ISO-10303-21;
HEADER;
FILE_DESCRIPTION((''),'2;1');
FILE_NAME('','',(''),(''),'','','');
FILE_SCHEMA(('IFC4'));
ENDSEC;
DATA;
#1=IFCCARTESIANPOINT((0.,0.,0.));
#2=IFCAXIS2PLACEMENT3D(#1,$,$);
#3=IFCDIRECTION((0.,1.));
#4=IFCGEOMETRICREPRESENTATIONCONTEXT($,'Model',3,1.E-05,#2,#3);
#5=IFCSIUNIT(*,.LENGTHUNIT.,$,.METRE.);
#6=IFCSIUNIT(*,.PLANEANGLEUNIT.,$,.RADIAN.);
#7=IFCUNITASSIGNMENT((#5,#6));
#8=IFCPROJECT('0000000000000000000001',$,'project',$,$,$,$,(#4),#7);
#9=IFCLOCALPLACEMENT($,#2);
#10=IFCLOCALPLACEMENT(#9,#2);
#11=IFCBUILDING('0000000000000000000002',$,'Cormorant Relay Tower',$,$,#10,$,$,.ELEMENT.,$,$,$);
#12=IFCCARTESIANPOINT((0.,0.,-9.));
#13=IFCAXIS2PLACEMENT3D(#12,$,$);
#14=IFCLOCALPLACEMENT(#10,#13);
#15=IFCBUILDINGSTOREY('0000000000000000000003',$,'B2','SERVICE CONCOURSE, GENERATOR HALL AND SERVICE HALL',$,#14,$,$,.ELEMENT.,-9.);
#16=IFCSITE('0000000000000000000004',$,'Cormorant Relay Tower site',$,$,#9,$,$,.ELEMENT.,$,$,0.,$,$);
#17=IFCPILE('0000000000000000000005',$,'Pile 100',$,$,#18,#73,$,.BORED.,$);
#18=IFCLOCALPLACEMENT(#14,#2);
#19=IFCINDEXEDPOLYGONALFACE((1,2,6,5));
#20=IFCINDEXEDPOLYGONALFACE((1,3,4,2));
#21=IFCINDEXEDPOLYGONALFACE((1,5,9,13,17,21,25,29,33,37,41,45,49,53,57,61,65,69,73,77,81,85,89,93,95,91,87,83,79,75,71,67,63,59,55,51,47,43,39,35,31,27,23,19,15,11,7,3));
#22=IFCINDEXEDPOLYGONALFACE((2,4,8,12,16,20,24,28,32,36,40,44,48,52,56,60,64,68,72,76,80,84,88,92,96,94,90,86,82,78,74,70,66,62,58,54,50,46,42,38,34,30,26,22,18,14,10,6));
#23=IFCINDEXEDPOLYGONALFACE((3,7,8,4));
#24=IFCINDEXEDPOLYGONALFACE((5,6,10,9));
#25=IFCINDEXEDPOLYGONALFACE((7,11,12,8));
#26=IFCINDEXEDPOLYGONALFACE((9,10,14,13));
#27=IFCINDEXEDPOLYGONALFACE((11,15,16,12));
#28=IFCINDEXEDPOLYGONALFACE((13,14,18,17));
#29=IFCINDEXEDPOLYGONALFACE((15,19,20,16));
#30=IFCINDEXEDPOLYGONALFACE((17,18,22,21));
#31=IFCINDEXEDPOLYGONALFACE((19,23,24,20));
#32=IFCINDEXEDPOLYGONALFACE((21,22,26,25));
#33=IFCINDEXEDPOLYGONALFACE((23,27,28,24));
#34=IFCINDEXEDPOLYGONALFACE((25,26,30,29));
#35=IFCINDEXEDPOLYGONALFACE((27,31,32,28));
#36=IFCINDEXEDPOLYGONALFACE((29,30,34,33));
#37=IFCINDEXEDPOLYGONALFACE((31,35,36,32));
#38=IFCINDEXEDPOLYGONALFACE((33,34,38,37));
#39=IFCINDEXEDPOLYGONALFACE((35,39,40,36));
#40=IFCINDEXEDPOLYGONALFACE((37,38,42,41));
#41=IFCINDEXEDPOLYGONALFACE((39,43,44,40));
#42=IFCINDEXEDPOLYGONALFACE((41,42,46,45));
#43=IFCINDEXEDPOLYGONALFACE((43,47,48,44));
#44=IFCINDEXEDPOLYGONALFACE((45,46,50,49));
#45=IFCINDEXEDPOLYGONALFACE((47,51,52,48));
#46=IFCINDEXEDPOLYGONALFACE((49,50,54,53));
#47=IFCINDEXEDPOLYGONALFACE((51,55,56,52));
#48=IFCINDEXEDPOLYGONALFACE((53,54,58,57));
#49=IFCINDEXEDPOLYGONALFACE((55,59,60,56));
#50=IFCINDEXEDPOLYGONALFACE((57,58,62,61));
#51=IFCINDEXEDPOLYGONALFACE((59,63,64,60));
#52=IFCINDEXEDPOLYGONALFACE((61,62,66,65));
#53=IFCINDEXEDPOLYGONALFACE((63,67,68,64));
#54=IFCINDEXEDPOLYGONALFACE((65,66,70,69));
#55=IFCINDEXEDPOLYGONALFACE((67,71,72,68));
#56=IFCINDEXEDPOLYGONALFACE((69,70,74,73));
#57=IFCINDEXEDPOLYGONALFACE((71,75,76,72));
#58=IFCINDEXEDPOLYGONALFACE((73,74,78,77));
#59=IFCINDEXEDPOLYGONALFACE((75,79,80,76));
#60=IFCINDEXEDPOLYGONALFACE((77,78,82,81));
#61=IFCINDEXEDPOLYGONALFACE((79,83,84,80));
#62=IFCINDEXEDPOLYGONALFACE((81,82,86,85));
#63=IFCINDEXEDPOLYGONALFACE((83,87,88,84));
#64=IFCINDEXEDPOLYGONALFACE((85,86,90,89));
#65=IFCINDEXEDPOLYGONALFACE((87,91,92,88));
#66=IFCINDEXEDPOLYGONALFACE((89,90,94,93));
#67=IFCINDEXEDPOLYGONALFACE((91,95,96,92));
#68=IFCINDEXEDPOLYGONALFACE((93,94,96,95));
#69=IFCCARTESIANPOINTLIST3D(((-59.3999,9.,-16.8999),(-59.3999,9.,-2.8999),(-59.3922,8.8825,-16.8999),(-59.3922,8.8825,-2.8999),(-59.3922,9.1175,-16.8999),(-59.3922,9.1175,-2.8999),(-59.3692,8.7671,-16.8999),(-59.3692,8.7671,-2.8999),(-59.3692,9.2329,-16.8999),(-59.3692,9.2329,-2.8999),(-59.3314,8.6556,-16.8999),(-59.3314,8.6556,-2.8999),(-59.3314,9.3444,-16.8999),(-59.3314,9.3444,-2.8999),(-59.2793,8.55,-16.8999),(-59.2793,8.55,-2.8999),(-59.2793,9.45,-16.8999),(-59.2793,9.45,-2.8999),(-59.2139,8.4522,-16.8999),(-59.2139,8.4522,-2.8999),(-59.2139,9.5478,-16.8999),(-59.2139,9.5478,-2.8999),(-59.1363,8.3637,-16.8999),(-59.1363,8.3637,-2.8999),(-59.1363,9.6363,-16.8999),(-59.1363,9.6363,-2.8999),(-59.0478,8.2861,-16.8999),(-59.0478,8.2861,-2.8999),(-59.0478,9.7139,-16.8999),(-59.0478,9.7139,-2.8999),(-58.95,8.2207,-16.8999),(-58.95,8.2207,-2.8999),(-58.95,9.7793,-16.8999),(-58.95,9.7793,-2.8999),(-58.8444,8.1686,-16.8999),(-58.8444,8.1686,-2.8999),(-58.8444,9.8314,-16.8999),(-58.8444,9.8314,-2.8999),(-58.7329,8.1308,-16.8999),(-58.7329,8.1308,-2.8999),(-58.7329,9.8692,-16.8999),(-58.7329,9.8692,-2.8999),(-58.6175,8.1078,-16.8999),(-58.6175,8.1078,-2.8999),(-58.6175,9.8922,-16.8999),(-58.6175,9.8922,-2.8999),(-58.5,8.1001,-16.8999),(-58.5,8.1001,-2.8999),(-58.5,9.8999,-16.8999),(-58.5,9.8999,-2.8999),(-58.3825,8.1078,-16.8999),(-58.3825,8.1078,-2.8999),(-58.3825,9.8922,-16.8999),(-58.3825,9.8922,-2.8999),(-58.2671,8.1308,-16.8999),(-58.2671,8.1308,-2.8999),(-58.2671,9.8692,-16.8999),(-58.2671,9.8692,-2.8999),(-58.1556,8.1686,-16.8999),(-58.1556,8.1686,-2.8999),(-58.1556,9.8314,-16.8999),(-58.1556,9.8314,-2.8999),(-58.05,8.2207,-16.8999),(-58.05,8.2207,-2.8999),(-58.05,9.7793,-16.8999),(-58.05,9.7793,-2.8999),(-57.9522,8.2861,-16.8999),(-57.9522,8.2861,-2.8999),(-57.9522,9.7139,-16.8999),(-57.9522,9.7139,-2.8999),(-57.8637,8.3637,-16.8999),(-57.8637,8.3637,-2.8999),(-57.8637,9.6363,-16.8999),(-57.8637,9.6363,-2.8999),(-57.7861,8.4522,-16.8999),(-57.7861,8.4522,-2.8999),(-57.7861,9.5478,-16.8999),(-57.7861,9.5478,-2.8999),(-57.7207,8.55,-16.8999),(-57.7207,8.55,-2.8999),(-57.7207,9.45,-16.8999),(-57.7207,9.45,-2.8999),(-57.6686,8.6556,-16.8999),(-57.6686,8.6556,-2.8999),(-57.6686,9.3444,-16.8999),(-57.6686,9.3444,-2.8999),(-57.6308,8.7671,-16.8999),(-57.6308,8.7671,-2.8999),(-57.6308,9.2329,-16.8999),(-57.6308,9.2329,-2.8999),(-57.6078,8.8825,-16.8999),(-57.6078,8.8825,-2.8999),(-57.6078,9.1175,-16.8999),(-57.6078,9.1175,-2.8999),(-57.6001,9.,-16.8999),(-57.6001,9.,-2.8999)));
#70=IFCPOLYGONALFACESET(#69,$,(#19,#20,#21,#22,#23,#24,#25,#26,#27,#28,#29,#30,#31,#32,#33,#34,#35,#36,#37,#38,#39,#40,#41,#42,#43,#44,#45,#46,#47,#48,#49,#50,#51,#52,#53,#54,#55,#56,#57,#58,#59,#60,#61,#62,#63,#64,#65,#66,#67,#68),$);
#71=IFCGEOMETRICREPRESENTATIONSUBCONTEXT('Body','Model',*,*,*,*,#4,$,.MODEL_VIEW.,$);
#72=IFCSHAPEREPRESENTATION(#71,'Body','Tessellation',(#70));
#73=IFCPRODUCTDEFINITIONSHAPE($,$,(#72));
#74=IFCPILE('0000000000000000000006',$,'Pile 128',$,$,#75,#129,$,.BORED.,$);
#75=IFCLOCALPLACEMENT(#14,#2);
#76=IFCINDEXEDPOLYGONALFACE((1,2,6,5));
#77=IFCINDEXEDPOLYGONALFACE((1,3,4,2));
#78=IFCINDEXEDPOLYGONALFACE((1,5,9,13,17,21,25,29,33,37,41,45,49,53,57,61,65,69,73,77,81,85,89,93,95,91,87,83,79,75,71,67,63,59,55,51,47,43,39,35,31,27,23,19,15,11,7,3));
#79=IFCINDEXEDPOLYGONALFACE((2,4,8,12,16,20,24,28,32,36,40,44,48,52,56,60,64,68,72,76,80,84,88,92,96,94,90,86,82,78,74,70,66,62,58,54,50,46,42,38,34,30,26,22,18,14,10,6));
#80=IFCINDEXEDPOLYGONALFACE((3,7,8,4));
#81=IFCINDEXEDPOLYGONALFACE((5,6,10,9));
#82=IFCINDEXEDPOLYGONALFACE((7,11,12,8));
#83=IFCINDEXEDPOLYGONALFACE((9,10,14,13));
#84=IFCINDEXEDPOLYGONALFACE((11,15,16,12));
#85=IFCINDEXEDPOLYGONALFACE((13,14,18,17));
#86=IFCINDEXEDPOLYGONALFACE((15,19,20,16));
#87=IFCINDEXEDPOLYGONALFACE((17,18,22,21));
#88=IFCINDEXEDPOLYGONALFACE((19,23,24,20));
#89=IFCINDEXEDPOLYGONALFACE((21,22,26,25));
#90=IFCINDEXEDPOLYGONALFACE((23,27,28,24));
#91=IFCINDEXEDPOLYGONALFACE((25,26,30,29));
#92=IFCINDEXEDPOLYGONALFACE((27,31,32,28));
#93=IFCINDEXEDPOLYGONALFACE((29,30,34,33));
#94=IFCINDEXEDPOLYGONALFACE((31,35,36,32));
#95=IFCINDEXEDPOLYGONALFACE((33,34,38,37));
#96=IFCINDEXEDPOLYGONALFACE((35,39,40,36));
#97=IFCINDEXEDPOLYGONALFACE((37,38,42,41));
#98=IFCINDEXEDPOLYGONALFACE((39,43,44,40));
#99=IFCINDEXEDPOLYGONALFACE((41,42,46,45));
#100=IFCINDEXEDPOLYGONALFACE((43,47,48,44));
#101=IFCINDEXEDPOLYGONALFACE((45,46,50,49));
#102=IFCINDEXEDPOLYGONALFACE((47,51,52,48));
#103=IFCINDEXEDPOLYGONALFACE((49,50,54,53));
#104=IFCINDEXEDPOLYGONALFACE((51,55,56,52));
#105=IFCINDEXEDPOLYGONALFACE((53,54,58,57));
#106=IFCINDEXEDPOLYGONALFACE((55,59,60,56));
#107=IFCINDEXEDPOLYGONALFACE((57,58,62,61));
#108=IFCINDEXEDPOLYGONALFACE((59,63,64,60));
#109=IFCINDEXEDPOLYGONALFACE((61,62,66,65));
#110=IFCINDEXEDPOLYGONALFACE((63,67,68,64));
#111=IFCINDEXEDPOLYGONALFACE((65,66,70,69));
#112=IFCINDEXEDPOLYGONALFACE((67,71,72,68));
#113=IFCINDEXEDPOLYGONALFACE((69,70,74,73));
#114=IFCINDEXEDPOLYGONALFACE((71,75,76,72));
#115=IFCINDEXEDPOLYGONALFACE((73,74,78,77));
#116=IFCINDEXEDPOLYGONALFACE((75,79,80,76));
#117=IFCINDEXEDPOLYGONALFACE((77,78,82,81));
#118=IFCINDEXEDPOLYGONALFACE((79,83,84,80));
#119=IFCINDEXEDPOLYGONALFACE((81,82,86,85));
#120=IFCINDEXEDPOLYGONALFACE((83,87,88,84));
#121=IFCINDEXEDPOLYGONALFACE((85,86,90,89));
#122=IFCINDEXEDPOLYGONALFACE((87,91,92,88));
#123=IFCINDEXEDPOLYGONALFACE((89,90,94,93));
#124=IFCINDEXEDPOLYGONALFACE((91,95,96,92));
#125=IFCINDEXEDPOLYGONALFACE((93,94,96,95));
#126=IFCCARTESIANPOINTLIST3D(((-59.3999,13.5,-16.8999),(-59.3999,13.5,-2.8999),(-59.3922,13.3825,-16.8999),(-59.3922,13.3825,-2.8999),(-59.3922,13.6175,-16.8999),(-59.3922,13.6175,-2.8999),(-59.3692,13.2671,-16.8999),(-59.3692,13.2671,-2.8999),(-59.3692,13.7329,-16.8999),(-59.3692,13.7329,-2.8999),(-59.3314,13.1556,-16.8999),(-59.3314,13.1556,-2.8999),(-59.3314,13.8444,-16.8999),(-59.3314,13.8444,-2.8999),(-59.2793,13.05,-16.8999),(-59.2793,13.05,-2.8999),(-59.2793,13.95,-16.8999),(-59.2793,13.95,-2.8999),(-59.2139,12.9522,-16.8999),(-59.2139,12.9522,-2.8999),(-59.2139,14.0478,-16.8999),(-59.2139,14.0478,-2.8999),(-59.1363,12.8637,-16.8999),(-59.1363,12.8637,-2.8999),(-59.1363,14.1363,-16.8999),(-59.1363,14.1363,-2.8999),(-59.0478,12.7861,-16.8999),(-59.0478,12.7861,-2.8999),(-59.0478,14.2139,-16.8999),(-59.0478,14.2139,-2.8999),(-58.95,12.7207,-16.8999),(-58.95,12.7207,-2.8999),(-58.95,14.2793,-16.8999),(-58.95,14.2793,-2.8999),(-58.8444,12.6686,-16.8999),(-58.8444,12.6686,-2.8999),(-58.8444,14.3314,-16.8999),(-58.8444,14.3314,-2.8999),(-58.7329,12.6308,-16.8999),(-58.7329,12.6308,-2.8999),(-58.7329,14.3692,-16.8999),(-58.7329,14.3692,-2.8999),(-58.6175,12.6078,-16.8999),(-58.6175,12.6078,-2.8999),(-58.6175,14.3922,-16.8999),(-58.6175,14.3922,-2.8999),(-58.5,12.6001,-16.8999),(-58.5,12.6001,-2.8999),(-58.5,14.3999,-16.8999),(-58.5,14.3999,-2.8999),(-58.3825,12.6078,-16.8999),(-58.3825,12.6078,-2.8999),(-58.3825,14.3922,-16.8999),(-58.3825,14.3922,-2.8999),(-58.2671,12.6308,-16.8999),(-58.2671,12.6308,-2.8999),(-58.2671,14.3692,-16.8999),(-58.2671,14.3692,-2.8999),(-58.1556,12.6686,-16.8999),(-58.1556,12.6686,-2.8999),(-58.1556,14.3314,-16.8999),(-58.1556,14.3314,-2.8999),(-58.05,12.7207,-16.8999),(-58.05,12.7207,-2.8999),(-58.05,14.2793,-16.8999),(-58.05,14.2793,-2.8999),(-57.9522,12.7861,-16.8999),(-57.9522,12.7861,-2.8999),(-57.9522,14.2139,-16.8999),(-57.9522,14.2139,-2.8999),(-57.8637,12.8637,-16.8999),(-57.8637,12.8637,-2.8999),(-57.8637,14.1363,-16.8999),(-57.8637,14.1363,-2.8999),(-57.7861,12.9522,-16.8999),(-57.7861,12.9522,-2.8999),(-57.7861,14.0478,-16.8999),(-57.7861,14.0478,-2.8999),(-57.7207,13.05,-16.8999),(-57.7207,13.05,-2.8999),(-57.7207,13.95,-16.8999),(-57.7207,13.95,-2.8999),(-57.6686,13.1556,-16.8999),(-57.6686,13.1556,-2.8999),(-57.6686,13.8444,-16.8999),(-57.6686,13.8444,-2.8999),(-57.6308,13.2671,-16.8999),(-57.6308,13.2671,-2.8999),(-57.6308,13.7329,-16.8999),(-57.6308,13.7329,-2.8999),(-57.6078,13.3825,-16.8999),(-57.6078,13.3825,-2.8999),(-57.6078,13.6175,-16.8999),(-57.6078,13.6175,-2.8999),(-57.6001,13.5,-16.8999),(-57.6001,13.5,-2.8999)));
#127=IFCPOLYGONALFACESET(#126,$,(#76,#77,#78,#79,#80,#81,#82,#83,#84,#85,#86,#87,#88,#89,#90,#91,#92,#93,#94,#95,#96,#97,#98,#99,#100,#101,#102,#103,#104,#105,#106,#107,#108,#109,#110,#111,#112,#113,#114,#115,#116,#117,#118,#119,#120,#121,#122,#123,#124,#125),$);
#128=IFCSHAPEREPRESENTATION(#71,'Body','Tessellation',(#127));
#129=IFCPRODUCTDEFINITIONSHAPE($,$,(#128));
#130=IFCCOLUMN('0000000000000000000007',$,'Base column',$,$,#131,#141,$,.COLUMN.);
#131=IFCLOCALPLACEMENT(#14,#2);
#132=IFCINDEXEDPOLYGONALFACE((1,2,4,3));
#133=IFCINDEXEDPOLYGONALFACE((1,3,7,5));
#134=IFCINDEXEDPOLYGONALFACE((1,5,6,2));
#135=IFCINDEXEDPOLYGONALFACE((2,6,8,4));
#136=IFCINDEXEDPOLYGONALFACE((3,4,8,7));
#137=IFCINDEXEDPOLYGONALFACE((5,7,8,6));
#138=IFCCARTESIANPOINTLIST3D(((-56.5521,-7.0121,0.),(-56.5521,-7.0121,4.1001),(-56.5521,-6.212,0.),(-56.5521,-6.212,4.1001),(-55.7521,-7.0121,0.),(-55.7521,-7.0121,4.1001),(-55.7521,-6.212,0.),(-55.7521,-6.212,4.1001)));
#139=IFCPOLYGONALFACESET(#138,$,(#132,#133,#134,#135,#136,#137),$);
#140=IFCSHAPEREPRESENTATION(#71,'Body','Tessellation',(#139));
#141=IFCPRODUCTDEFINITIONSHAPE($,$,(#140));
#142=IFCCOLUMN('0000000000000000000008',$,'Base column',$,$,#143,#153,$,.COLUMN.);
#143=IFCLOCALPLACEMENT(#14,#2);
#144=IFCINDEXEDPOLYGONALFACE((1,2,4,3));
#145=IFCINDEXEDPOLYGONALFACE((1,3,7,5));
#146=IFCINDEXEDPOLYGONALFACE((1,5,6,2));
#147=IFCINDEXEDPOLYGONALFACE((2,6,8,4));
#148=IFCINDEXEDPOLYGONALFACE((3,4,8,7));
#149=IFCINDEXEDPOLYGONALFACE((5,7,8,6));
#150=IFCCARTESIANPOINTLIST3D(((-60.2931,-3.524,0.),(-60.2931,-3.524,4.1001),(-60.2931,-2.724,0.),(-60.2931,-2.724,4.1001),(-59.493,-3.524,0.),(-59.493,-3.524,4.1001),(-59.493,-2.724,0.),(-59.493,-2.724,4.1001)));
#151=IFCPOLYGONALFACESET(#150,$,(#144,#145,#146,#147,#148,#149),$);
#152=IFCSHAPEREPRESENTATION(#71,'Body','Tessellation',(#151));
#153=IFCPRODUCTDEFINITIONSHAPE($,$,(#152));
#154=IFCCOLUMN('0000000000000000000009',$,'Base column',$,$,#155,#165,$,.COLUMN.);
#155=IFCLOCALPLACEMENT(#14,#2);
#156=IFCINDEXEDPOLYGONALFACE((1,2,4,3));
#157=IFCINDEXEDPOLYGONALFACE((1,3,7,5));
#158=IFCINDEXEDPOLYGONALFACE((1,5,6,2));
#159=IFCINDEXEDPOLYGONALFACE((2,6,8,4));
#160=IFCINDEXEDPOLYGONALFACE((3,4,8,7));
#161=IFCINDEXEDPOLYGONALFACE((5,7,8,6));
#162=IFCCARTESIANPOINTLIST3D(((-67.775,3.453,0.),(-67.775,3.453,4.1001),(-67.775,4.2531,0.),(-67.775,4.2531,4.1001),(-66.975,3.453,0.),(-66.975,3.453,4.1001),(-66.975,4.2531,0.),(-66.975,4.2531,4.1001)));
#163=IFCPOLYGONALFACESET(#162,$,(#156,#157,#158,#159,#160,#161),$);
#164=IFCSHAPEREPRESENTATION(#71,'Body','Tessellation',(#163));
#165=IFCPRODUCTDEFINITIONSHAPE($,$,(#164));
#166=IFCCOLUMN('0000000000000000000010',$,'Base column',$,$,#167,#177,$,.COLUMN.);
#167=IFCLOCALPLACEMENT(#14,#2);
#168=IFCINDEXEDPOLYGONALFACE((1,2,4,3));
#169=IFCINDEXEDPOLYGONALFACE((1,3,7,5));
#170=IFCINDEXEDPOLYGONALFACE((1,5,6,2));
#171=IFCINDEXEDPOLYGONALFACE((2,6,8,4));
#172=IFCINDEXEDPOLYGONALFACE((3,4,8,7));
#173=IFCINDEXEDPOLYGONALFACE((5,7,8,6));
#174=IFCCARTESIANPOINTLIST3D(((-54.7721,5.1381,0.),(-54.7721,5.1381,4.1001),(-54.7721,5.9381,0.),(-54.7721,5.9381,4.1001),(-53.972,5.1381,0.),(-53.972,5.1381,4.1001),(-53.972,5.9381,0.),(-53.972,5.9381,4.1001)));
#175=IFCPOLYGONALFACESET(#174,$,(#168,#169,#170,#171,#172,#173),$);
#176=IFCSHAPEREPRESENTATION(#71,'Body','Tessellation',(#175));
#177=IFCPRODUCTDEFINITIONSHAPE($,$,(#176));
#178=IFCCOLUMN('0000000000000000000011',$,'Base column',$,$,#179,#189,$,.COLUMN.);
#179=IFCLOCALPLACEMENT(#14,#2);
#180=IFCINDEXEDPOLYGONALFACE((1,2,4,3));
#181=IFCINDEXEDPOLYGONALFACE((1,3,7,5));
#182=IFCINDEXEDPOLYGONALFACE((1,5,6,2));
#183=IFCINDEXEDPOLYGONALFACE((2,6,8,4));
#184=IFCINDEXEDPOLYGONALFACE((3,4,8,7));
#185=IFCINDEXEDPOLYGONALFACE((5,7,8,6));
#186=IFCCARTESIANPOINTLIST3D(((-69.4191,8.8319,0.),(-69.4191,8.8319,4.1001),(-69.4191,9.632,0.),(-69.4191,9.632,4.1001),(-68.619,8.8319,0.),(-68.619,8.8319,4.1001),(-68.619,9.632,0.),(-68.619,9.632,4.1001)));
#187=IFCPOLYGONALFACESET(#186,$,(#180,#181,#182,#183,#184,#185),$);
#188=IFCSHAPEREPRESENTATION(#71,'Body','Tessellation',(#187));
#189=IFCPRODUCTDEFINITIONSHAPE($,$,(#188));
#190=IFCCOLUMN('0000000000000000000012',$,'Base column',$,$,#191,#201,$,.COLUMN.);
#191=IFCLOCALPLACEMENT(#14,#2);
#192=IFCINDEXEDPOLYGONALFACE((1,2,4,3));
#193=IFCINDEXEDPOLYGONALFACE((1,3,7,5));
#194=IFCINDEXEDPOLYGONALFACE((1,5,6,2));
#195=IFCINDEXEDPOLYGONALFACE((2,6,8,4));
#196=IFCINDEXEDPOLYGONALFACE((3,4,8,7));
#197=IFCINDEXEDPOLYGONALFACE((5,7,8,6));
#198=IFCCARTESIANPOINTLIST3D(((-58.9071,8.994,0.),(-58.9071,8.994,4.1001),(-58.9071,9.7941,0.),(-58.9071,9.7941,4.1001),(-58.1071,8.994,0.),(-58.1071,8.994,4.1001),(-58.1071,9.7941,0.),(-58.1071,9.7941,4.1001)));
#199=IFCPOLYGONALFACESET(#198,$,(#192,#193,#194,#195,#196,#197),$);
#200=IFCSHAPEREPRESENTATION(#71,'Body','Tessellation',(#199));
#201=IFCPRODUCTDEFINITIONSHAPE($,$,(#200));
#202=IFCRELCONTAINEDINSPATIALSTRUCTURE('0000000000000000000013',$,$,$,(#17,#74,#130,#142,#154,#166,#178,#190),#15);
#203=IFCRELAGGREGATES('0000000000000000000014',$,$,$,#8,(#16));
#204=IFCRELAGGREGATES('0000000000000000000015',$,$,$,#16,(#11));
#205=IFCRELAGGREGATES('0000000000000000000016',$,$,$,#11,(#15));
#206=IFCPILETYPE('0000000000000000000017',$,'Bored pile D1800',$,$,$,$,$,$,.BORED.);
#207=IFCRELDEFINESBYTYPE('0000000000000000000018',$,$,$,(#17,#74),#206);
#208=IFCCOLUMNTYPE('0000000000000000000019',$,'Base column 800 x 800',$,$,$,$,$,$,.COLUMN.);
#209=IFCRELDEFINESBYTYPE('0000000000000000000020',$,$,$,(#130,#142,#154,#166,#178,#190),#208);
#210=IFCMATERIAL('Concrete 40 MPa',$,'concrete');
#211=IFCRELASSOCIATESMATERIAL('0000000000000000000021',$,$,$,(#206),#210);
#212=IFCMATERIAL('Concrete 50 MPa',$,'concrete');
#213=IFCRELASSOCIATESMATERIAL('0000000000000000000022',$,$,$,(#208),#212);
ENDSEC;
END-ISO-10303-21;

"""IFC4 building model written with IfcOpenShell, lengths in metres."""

from ifc_helpers import new_model, si_unit, direction, frame, origin, origin_2d, place, context, subcontext, project, spatial, rectangle, circle, extrude, material, material_profile, profile_set, type_object, element, save


model = new_model("IFC4")

# Units and contexts
model_context = context("Model", 3, precision=1e-05, world=origin(), true_north=direction((0.0, 1.0)))
body_context = subcontext(model_context, "Body", "Model", "MODEL_VIEW")
ifc_project = project(units=[si_unit("LENGTHUNIT", "METRE"), si_unit("PLANEANGLEUNIT", "RADIAN")], contexts=[model_context])

# Site, building, storey
site_placement = place(None, origin())
site = spatial("IfcSite", under=ifc_project, at=site_placement, Name="Cormorant Relay Tower site", CompositionType="ELEMENT", RefElevation=0.0)
building_placement = place(site_placement, origin())
building = spatial("IfcBuilding", under=site, at=building_placement, Name="Cormorant Relay Tower", CompositionType="ELEMENT")
storey_placement = place(building_placement, frame((0.0, 0.0, -9.0)))
storey = spatial("IfcBuildingStorey", under=building, at=storey_placement, Name="B2", Description="SERVICE CONCOURSE, GENERATOR HALL AND SERVICE HALL", CompositionType="ELEMENT", Elevation=-9.0)

# Piles
ifc_material_1 = material(Name="Concrete 40 MPa", Category="concrete")
ifc_material_profile_1 = material_profile(ifc_material_1, circle(Radius=0.8999, at=origin_2d()), Name="BP1800")
ifc_profile_set_1 = profile_set([ifc_material_profile_1], Name="Concrete 40 MPa")
pile_type = type_object("IfcPileType", Name="Bored pile D1800", PredefinedType="BORED", material=ifc_profile_set_1)
for number, where, z_axis, x_axis, name in (
    (1, (-58.5, 9.0, -2.8999), (0.0, 0.0, -1.0), (1.0, 0.0, 0.0), "Pile 100"),
    (2, (-58.5, 13.5, -2.8999), (0.0, 0.0, -1.0), (1.0, 0.0, 0.0), "Pile 128"),
):
    element("IfcPile", number, at=place(storey_placement, frame(where, z_axis=z_axis, x_axis=x_axis)), inside=storey, type_object=pile_type, Name=name, PredefinedType="BORED", context=body_context, shape_type="SweptSolid", body=[
        extrude(circle(Radius=0.8999, at=origin_2d()), origin(), (0.0, 0.0, 1.0), 14.0),
    ])

# Columns
ifc_material_2 = material(Name="Concrete 50 MPa", Category="concrete")
ifc_material_profile_2 = material_profile(ifc_material_2, rectangle(XDim=0.8, YDim=0.8, at=origin_2d()), Name="RC 800x800")
ifc_profile_set_2 = profile_set([ifc_material_profile_2], Name="Concrete 50 MPa")
column_type_1 = type_object("IfcColumnType", Name="Base column 800 x 800", PredefinedType="COLUMN", material=ifc_profile_set_2)
for number, where, z_axis, x_axis, name in (
    (3, (-56.1521, -6.6121, 0.0), (0.0, 0.0, 1.0), (1.0, 0.0, 0.0), "Base column"),
    (4, (-59.8931, -3.124, 0.0), (0.0, 0.0, 1.0), (1.0, 0.0, 0.0), "Base column"),
    (5, (-67.375, 3.853, 0.0), (0.0, 0.0, 1.0), (1.0, 0.0, 0.0), "Base column"),
    (6, (-54.3721, 5.5381, 0.0), (0.0, 0.0, 1.0), (1.0, 0.0, 0.0), "Base column"),
    (7, (-69.019, 9.2319, 0.0), (0.0, 0.0, 1.0), (1.0, 0.0, 0.0), "Base column"),
    (8, (-58.5071, 9.394, 0.0), (0.0, 0.0, 1.0), (1.0, 0.0, 0.0), "Base column"),
):
    element("IfcColumn", number, at=place(storey_placement, frame(where, z_axis=z_axis, x_axis=x_axis)), inside=storey, type_object=column_type_1, Name=name, PredefinedType="COLUMN", context=body_context, shape_type="SweptSolid", body=[
        extrude(rectangle(XDim=0.8, YDim=0.8, at=origin_2d()), origin(), (0.0, 0.0, 1.0), 4.1001),
    ])

save(model, "model.ifc")
